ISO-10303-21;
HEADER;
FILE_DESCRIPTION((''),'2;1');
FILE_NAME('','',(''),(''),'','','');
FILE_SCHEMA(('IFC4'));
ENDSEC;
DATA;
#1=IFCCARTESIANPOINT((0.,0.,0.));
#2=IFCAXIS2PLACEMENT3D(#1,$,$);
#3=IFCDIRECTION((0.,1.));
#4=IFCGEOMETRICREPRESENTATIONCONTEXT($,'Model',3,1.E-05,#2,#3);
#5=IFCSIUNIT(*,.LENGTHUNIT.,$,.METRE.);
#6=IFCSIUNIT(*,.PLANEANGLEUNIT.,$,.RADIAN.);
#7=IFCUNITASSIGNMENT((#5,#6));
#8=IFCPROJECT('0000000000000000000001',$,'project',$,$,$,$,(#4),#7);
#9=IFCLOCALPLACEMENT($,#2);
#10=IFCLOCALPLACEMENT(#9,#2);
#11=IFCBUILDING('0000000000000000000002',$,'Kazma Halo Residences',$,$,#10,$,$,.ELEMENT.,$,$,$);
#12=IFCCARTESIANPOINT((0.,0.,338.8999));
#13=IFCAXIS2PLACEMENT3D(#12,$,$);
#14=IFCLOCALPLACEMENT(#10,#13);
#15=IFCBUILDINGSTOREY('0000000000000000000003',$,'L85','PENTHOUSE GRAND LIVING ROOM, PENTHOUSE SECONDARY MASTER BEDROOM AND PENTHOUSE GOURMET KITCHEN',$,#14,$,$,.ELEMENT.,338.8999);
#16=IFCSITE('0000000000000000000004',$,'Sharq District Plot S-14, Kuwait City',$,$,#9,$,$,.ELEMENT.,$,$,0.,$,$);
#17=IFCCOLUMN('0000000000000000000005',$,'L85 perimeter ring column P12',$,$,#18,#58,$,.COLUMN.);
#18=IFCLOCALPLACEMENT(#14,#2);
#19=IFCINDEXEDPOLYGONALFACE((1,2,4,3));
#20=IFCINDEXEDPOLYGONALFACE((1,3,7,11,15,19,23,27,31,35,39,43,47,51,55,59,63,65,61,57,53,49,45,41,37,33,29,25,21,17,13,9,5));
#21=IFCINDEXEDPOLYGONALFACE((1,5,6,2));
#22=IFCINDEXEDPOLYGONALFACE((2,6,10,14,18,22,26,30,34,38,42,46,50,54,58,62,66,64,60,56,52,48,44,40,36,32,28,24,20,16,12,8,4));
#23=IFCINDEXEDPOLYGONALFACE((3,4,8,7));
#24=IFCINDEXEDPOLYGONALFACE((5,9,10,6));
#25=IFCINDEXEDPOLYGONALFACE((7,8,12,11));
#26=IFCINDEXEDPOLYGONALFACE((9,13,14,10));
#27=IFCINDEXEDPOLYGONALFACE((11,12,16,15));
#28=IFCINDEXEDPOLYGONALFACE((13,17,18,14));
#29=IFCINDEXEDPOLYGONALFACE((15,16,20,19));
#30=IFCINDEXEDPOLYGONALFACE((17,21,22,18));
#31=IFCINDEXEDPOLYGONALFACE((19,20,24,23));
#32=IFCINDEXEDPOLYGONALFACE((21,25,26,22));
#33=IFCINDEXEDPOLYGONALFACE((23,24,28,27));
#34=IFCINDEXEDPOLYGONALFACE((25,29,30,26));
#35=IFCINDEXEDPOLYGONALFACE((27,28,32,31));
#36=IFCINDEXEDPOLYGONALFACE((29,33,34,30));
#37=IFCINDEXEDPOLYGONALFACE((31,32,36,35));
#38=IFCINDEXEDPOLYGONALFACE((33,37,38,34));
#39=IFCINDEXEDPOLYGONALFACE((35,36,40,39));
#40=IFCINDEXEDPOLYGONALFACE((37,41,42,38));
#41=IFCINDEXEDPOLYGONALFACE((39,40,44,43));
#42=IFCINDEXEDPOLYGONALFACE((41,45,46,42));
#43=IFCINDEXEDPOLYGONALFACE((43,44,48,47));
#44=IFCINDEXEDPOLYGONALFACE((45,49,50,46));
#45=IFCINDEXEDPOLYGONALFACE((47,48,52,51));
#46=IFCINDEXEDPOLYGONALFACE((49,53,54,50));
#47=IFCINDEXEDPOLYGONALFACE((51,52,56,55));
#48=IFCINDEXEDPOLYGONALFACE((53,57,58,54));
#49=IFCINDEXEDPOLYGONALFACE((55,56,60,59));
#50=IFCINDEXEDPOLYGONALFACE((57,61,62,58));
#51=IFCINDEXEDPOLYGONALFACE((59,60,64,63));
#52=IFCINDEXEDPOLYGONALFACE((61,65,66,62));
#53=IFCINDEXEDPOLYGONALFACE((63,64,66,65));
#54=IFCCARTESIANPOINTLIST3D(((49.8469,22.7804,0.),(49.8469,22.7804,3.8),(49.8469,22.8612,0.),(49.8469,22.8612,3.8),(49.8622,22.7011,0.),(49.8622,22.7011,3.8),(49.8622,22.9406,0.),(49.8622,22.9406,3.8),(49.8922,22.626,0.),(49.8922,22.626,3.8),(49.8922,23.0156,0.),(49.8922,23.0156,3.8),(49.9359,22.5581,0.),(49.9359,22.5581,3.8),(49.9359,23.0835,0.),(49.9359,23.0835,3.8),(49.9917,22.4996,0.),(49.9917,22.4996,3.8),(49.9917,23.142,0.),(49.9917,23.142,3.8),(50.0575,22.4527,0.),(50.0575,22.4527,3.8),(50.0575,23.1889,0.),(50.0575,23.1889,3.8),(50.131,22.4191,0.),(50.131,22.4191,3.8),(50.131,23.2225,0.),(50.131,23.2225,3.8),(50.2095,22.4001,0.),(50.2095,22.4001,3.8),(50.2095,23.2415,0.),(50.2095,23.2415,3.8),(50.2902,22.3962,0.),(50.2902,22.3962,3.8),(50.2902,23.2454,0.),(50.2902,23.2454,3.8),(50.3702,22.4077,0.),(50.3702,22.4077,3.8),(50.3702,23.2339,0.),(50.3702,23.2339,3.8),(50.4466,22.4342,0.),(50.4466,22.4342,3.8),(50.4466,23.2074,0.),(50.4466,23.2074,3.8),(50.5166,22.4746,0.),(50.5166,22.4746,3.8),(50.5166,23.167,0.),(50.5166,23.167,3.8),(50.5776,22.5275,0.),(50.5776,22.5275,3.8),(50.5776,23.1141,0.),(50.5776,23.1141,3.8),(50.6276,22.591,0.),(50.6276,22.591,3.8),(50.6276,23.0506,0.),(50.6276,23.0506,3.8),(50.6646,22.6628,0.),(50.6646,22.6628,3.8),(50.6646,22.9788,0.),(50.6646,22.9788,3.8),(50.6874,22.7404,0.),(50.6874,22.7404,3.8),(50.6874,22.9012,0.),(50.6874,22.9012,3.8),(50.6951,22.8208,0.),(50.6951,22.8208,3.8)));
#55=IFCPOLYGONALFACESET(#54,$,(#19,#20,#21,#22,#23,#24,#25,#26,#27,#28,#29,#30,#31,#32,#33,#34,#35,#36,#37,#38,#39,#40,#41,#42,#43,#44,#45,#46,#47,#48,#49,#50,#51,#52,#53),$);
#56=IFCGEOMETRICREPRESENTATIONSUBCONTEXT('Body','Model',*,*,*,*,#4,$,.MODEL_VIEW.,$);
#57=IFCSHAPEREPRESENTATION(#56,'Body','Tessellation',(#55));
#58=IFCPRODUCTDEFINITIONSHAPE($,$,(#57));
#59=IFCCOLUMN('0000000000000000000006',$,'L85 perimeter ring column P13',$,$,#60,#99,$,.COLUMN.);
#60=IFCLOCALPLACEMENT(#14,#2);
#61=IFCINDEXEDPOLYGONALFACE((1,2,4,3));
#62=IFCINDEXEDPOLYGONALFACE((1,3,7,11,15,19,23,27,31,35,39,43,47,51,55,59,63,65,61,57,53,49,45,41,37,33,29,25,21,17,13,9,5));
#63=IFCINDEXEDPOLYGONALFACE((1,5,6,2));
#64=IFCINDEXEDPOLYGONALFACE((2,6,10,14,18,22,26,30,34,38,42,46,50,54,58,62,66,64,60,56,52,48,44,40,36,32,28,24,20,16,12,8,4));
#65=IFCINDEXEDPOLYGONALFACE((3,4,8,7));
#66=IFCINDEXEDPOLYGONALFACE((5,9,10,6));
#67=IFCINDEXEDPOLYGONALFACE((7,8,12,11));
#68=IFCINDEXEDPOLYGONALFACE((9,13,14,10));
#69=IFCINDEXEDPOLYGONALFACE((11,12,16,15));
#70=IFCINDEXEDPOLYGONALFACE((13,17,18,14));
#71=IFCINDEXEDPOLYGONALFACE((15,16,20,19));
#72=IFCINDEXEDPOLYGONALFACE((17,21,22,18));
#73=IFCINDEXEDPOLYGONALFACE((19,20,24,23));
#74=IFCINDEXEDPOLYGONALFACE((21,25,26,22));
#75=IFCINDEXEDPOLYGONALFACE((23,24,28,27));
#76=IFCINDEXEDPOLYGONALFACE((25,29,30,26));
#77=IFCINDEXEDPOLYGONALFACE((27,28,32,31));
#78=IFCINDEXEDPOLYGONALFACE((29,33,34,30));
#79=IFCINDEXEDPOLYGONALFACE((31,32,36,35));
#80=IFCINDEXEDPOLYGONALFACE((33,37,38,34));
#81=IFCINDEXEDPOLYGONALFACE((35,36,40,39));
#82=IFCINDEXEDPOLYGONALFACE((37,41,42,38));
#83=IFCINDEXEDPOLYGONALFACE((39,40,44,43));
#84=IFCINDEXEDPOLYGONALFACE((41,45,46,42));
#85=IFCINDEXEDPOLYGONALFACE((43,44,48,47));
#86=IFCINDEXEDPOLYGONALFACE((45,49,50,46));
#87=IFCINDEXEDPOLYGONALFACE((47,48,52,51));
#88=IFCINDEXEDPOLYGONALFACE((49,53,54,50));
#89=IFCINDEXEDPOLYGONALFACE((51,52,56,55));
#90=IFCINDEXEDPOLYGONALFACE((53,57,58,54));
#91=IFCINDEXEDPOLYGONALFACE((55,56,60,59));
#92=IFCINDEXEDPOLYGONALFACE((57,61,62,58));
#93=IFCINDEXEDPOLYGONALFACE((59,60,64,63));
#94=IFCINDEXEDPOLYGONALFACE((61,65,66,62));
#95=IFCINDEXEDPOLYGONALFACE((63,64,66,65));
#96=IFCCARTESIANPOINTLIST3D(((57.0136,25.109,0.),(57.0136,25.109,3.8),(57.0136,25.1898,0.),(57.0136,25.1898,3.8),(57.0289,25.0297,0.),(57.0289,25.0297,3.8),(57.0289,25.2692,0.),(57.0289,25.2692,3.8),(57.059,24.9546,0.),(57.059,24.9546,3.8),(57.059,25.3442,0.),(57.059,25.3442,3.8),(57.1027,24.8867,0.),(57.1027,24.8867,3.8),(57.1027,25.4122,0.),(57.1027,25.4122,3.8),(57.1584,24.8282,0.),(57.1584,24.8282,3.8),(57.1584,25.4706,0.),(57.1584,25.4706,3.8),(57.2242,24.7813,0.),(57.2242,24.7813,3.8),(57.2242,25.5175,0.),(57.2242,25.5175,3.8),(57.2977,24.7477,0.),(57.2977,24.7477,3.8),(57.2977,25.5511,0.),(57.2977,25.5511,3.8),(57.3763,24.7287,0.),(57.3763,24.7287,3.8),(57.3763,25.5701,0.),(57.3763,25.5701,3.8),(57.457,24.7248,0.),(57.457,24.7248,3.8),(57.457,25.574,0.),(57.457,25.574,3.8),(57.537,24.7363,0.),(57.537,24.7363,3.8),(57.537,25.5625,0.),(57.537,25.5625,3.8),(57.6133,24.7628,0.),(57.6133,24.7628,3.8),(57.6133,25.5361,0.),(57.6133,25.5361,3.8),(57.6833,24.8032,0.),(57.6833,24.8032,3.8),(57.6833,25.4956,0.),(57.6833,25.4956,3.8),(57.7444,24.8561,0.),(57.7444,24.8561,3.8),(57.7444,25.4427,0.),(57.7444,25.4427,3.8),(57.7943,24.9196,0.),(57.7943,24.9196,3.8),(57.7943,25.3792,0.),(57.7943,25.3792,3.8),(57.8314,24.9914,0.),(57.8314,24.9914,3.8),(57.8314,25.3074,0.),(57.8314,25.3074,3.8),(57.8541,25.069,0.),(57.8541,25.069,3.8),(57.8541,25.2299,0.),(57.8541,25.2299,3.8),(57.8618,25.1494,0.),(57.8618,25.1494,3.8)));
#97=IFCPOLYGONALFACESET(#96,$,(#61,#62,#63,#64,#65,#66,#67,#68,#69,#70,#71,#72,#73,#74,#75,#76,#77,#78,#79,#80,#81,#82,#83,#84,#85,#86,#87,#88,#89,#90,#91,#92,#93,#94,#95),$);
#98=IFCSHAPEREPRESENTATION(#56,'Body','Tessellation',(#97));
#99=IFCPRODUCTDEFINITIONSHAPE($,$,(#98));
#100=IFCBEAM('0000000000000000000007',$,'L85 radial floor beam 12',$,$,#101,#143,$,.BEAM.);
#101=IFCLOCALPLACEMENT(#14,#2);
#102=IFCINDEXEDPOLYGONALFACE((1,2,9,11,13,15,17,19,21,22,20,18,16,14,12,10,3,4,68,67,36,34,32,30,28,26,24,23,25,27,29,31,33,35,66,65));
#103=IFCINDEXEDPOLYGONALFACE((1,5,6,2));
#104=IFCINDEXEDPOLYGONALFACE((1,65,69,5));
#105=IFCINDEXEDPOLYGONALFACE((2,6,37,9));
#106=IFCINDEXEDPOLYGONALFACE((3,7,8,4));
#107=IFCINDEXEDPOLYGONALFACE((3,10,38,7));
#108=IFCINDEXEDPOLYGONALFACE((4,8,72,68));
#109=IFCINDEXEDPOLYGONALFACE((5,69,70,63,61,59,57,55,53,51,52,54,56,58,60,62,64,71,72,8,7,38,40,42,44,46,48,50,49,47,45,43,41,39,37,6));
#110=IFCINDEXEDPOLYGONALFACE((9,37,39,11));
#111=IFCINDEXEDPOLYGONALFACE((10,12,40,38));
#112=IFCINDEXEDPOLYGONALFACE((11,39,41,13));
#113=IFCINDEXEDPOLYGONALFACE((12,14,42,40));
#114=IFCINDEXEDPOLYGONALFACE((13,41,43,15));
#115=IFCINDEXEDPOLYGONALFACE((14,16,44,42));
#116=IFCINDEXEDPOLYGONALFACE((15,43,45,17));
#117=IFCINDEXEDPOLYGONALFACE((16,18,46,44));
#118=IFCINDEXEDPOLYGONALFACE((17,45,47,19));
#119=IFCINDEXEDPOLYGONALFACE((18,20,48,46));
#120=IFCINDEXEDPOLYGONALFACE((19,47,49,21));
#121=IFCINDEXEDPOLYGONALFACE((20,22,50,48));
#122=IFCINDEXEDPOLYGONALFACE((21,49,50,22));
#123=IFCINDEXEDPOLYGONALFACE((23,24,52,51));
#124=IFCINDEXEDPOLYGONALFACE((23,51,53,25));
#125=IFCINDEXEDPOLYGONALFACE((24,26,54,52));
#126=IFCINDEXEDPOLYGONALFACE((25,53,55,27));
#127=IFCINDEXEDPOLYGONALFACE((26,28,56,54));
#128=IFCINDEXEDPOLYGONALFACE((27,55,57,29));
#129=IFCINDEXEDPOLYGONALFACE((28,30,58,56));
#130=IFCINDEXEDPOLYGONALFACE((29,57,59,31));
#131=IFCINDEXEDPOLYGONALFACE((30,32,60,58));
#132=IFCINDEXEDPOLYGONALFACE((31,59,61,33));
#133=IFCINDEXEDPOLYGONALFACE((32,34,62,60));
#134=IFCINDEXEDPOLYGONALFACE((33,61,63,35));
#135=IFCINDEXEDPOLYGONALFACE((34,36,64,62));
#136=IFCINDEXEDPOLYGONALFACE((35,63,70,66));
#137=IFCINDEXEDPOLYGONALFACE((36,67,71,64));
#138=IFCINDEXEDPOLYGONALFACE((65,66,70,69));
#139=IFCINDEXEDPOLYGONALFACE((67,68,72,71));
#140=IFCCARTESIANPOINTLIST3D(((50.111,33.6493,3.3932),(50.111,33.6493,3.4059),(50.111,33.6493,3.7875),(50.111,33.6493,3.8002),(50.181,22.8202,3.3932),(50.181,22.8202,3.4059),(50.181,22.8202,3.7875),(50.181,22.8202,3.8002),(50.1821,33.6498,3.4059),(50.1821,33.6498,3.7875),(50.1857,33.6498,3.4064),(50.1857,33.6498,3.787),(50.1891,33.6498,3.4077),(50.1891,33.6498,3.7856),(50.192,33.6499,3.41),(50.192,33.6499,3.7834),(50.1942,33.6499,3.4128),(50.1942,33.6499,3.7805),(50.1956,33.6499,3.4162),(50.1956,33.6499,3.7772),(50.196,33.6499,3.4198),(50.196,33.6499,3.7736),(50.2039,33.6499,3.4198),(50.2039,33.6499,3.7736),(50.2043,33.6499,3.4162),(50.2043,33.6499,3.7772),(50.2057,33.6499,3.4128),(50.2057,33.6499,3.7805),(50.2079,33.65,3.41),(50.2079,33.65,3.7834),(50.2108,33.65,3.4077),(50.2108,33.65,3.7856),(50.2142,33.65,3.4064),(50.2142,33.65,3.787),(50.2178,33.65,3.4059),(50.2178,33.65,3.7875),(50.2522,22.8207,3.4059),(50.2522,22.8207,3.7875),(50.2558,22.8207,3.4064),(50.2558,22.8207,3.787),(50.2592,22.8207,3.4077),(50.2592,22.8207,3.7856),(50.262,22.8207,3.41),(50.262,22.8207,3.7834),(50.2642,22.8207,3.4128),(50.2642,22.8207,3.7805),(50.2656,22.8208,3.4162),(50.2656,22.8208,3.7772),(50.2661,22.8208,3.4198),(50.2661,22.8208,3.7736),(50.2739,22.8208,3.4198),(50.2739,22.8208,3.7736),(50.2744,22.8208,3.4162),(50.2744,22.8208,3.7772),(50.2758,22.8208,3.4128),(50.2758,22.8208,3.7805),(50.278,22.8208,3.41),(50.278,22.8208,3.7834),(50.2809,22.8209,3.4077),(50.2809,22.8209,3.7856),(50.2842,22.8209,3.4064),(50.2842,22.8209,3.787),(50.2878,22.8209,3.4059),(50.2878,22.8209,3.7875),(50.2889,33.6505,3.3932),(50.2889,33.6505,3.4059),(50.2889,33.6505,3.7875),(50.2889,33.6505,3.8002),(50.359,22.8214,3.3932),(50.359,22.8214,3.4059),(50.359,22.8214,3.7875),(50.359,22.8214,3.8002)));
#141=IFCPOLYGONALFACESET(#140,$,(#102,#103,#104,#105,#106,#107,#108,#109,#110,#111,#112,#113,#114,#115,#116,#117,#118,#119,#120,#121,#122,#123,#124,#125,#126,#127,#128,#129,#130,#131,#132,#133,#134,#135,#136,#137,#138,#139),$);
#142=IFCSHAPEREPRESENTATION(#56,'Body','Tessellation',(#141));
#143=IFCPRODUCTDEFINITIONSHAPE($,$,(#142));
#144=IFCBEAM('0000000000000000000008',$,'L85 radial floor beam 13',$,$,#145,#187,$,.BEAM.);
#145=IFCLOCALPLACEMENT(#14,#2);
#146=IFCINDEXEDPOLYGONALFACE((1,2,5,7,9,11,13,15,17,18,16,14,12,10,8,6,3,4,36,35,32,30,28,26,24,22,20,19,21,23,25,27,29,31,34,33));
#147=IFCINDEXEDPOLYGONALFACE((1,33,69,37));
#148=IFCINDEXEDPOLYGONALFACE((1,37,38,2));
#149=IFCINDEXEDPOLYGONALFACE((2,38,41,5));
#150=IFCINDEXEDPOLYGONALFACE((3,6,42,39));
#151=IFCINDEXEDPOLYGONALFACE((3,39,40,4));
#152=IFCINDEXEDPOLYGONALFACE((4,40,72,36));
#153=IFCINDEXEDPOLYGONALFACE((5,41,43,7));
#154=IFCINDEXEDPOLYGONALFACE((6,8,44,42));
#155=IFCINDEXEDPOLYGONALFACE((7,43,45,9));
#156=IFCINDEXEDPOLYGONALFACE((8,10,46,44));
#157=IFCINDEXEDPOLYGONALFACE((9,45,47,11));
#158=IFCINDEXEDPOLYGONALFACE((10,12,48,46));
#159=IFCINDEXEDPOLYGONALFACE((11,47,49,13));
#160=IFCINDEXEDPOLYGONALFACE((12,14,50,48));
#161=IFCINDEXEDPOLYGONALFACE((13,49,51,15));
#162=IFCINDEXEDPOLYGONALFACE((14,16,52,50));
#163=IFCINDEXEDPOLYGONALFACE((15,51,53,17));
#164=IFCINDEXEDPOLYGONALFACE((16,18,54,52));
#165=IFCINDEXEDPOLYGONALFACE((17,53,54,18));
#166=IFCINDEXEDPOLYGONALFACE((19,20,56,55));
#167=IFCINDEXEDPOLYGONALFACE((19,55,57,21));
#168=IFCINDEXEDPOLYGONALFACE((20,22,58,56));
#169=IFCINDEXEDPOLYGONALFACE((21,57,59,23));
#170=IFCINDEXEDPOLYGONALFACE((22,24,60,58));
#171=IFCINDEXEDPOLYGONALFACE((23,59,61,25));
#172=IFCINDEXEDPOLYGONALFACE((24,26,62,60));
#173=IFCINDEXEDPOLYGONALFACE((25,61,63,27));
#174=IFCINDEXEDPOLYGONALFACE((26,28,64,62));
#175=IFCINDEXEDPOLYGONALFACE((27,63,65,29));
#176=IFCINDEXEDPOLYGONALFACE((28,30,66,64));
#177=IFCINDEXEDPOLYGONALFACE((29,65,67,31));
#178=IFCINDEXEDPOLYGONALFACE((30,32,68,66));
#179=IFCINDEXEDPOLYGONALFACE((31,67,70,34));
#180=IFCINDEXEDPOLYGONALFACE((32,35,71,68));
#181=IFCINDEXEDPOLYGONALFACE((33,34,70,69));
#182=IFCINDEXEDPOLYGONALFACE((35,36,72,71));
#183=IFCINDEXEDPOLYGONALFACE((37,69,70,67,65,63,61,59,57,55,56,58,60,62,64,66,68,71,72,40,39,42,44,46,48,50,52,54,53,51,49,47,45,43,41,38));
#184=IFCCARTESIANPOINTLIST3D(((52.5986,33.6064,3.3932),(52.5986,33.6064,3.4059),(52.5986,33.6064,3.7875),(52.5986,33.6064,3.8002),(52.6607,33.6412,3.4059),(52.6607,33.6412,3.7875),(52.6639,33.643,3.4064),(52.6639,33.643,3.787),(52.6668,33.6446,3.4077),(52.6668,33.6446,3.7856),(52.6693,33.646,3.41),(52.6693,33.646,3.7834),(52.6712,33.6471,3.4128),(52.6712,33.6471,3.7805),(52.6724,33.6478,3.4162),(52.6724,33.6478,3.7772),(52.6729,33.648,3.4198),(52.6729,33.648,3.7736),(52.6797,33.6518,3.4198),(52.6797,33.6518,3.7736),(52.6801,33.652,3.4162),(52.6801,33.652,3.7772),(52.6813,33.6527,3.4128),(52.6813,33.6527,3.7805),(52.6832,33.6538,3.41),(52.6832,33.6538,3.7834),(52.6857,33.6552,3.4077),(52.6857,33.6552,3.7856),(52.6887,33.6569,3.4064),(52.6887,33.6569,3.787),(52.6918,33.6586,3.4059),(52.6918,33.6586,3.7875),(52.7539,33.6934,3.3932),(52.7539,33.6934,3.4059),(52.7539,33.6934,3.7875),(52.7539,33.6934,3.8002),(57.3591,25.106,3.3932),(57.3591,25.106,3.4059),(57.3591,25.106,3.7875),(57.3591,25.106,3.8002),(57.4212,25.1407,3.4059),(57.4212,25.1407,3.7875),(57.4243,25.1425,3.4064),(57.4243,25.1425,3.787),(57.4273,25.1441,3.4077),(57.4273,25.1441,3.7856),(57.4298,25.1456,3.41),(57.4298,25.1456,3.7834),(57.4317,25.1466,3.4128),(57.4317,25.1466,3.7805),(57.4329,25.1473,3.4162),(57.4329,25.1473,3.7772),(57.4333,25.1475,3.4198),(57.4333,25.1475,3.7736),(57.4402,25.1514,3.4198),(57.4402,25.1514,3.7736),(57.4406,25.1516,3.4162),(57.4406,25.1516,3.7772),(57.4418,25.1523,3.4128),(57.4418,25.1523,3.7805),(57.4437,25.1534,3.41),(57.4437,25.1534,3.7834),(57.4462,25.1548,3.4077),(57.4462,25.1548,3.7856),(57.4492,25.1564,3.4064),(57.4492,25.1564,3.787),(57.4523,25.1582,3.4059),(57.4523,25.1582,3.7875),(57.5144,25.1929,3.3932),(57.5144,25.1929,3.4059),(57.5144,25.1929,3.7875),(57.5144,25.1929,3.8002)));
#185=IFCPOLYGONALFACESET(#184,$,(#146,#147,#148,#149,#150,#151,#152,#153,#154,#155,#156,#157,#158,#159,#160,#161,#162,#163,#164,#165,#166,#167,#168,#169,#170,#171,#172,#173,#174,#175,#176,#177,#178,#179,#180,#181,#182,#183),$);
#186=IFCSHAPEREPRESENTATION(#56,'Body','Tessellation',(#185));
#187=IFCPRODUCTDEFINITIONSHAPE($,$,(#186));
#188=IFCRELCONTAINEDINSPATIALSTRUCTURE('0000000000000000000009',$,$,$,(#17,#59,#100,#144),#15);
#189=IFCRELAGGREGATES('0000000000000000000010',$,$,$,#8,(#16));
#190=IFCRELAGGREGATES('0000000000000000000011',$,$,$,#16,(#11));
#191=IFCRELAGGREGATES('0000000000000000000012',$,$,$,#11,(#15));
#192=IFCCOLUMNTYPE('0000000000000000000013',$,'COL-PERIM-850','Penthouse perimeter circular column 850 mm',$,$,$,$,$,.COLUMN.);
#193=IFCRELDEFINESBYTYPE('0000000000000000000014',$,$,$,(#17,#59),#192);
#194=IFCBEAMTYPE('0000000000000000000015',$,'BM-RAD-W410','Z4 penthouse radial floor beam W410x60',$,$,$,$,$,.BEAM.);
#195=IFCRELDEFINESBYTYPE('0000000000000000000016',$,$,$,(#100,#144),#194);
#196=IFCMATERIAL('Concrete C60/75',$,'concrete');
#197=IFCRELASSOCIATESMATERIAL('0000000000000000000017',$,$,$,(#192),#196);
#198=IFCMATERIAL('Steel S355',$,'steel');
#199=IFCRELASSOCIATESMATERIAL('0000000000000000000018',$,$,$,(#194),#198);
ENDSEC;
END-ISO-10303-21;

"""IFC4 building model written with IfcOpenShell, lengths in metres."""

from ifc_helpers import new_model, si_unit, direction, frame, origin, origin_2d, place, context, subcontext, project, spatial, circle, i_section, extrude, material, material_profile, profile_set, type_object, element, save


model = new_model("IFC4")

# Units and contexts
model_context = context("Model", 3, precision=1e-05, world=origin(), true_north=direction((0.0, 1.0)))
body_context = subcontext(model_context, "Body", "Model", "MODEL_VIEW")
ifc_project = project(units=[si_unit("LENGTHUNIT", "METRE"), si_unit("PLANEANGLEUNIT", "RADIAN")], contexts=[model_context])

# Site, building, storey
site_placement = place(None, origin())
site = spatial("IfcSite", under=ifc_project, at=site_placement, Name="Sharq District Plot S-14, Kuwait City", CompositionType="ELEMENT", RefElevation=0.0)
building_placement = place(site_placement, origin())
building = spatial("IfcBuilding", under=site, at=building_placement, Name="Kazma Halo Residences", CompositionType="ELEMENT")
storey_placement = place(building_placement, frame((0.0, 0.0, 338.8999)))
storey = spatial("IfcBuildingStorey", under=building, at=storey_placement, Name="L85", Description="PENTHOUSE GRAND LIVING ROOM, PENTHOUSE SECONDARY MASTER BEDROOM AND PENTHOUSE GOURMET KITCHEN", CompositionType="ELEMENT", Elevation=338.8999)

# Columns
ifc_material_1 = material(Name="Concrete C60/75", Category="concrete")
ifc_material_profile_1 = material_profile(ifc_material_1, circle(Radius=0.425, at=origin_2d()), Name="CIRC850")
ifc_profile_set_1 = profile_set([ifc_material_profile_1], Name="Concrete C60/75")
column_type = type_object("IfcColumnType", Name="COL-PERIM-850", Description="Penthouse perimeter circular column 850 mm", PredefinedType="COLUMN", material=ifc_profile_set_1)
for number, where, z_axis, x_axis, name in (
    (1, (50.27, 22.8208, 0.0), (0.0, 0.0, 1.0), (1.0, 0.0, 0.0), "L85 perimeter ring column P12"),
    (2, (57.4368, 25.1494, 0.0), (0.0, 0.0, 1.0), (1.0, 0.0, 0.0), "L85 perimeter ring column P13"),
):
    element("IfcColumn", number, at=place(storey_placement, frame(where, z_axis=z_axis, x_axis=x_axis)), inside=storey, type_object=column_type, Name=name, PredefinedType="COLUMN", context=body_context, shape_type="SweptSolid", body=[
        extrude(circle(Radius=0.425, at=origin_2d()), origin(), (0.0, 0.0, 1.0), 3.8),
    ])

# Beams
ifc_material_2 = material(Name="Steel S355", Category="steel")
ifc_material_profile_2 = material_profile(ifc_material_2, i_section(OverallWidth=0.178, OverallDepth=0.407, WebThickness=0.0078, FlangeThickness=0.0127, FilletRadius=0.0139, at=origin_2d()), Name="W410x60")
ifc_profile_set_2 = profile_set([ifc_material_profile_2], Name="Steel S355")
beam_type_1 = type_object("IfcBeamType", Name="BM-RAD-W410", Description="Z4 penthouse radial floor beam W410x60", PredefinedType="BEAM", material=ifc_profile_set_2)
beam_1_placement = place(storey_placement, frame((50.2, 33.6499, 3.5967), z_axis=(0.00647, -0.999979, 0.0), x_axis=(0.999979, 0.00647, 0.0)))
element("IfcBeam", 3, at=beam_1_placement, inside=storey, type_object=beam_type_1, Name="L85 radial floor beam 12", PredefinedType="BEAM", context=body_context, shape_type="SweptSolid", body=[
    extrude(i_section(OverallWidth=0.178, OverallDepth=0.407, WebThickness=0.0078, FlangeThickness=0.0127, FilletRadius=0.0139, at=origin_2d()), origin(), (0.0, 0.0, 1.0), 10.8293),
])
beam_2_placement = place(storey_placement, frame((52.6763, 33.6499, 3.5967), z_axis=(0.488621, -0.872496, 0.0), x_axis=(0.872496, 0.488621, 0.0)))
element("IfcBeam", 4, at=beam_2_placement, inside=storey, type_object=beam_type_1, Name="L85 radial floor beam 13", PredefinedType="BEAM", context=body_context, shape_type="SweptSolid", body=[
    extrude(i_section(OverallWidth=0.178, OverallDepth=0.407, WebThickness=0.0078, FlangeThickness=0.0127, FilletRadius=0.0139, at=origin_2d()), origin(), (0.0, 0.0, 1.0), 9.7427),
])

save(model, "model.ifc")
